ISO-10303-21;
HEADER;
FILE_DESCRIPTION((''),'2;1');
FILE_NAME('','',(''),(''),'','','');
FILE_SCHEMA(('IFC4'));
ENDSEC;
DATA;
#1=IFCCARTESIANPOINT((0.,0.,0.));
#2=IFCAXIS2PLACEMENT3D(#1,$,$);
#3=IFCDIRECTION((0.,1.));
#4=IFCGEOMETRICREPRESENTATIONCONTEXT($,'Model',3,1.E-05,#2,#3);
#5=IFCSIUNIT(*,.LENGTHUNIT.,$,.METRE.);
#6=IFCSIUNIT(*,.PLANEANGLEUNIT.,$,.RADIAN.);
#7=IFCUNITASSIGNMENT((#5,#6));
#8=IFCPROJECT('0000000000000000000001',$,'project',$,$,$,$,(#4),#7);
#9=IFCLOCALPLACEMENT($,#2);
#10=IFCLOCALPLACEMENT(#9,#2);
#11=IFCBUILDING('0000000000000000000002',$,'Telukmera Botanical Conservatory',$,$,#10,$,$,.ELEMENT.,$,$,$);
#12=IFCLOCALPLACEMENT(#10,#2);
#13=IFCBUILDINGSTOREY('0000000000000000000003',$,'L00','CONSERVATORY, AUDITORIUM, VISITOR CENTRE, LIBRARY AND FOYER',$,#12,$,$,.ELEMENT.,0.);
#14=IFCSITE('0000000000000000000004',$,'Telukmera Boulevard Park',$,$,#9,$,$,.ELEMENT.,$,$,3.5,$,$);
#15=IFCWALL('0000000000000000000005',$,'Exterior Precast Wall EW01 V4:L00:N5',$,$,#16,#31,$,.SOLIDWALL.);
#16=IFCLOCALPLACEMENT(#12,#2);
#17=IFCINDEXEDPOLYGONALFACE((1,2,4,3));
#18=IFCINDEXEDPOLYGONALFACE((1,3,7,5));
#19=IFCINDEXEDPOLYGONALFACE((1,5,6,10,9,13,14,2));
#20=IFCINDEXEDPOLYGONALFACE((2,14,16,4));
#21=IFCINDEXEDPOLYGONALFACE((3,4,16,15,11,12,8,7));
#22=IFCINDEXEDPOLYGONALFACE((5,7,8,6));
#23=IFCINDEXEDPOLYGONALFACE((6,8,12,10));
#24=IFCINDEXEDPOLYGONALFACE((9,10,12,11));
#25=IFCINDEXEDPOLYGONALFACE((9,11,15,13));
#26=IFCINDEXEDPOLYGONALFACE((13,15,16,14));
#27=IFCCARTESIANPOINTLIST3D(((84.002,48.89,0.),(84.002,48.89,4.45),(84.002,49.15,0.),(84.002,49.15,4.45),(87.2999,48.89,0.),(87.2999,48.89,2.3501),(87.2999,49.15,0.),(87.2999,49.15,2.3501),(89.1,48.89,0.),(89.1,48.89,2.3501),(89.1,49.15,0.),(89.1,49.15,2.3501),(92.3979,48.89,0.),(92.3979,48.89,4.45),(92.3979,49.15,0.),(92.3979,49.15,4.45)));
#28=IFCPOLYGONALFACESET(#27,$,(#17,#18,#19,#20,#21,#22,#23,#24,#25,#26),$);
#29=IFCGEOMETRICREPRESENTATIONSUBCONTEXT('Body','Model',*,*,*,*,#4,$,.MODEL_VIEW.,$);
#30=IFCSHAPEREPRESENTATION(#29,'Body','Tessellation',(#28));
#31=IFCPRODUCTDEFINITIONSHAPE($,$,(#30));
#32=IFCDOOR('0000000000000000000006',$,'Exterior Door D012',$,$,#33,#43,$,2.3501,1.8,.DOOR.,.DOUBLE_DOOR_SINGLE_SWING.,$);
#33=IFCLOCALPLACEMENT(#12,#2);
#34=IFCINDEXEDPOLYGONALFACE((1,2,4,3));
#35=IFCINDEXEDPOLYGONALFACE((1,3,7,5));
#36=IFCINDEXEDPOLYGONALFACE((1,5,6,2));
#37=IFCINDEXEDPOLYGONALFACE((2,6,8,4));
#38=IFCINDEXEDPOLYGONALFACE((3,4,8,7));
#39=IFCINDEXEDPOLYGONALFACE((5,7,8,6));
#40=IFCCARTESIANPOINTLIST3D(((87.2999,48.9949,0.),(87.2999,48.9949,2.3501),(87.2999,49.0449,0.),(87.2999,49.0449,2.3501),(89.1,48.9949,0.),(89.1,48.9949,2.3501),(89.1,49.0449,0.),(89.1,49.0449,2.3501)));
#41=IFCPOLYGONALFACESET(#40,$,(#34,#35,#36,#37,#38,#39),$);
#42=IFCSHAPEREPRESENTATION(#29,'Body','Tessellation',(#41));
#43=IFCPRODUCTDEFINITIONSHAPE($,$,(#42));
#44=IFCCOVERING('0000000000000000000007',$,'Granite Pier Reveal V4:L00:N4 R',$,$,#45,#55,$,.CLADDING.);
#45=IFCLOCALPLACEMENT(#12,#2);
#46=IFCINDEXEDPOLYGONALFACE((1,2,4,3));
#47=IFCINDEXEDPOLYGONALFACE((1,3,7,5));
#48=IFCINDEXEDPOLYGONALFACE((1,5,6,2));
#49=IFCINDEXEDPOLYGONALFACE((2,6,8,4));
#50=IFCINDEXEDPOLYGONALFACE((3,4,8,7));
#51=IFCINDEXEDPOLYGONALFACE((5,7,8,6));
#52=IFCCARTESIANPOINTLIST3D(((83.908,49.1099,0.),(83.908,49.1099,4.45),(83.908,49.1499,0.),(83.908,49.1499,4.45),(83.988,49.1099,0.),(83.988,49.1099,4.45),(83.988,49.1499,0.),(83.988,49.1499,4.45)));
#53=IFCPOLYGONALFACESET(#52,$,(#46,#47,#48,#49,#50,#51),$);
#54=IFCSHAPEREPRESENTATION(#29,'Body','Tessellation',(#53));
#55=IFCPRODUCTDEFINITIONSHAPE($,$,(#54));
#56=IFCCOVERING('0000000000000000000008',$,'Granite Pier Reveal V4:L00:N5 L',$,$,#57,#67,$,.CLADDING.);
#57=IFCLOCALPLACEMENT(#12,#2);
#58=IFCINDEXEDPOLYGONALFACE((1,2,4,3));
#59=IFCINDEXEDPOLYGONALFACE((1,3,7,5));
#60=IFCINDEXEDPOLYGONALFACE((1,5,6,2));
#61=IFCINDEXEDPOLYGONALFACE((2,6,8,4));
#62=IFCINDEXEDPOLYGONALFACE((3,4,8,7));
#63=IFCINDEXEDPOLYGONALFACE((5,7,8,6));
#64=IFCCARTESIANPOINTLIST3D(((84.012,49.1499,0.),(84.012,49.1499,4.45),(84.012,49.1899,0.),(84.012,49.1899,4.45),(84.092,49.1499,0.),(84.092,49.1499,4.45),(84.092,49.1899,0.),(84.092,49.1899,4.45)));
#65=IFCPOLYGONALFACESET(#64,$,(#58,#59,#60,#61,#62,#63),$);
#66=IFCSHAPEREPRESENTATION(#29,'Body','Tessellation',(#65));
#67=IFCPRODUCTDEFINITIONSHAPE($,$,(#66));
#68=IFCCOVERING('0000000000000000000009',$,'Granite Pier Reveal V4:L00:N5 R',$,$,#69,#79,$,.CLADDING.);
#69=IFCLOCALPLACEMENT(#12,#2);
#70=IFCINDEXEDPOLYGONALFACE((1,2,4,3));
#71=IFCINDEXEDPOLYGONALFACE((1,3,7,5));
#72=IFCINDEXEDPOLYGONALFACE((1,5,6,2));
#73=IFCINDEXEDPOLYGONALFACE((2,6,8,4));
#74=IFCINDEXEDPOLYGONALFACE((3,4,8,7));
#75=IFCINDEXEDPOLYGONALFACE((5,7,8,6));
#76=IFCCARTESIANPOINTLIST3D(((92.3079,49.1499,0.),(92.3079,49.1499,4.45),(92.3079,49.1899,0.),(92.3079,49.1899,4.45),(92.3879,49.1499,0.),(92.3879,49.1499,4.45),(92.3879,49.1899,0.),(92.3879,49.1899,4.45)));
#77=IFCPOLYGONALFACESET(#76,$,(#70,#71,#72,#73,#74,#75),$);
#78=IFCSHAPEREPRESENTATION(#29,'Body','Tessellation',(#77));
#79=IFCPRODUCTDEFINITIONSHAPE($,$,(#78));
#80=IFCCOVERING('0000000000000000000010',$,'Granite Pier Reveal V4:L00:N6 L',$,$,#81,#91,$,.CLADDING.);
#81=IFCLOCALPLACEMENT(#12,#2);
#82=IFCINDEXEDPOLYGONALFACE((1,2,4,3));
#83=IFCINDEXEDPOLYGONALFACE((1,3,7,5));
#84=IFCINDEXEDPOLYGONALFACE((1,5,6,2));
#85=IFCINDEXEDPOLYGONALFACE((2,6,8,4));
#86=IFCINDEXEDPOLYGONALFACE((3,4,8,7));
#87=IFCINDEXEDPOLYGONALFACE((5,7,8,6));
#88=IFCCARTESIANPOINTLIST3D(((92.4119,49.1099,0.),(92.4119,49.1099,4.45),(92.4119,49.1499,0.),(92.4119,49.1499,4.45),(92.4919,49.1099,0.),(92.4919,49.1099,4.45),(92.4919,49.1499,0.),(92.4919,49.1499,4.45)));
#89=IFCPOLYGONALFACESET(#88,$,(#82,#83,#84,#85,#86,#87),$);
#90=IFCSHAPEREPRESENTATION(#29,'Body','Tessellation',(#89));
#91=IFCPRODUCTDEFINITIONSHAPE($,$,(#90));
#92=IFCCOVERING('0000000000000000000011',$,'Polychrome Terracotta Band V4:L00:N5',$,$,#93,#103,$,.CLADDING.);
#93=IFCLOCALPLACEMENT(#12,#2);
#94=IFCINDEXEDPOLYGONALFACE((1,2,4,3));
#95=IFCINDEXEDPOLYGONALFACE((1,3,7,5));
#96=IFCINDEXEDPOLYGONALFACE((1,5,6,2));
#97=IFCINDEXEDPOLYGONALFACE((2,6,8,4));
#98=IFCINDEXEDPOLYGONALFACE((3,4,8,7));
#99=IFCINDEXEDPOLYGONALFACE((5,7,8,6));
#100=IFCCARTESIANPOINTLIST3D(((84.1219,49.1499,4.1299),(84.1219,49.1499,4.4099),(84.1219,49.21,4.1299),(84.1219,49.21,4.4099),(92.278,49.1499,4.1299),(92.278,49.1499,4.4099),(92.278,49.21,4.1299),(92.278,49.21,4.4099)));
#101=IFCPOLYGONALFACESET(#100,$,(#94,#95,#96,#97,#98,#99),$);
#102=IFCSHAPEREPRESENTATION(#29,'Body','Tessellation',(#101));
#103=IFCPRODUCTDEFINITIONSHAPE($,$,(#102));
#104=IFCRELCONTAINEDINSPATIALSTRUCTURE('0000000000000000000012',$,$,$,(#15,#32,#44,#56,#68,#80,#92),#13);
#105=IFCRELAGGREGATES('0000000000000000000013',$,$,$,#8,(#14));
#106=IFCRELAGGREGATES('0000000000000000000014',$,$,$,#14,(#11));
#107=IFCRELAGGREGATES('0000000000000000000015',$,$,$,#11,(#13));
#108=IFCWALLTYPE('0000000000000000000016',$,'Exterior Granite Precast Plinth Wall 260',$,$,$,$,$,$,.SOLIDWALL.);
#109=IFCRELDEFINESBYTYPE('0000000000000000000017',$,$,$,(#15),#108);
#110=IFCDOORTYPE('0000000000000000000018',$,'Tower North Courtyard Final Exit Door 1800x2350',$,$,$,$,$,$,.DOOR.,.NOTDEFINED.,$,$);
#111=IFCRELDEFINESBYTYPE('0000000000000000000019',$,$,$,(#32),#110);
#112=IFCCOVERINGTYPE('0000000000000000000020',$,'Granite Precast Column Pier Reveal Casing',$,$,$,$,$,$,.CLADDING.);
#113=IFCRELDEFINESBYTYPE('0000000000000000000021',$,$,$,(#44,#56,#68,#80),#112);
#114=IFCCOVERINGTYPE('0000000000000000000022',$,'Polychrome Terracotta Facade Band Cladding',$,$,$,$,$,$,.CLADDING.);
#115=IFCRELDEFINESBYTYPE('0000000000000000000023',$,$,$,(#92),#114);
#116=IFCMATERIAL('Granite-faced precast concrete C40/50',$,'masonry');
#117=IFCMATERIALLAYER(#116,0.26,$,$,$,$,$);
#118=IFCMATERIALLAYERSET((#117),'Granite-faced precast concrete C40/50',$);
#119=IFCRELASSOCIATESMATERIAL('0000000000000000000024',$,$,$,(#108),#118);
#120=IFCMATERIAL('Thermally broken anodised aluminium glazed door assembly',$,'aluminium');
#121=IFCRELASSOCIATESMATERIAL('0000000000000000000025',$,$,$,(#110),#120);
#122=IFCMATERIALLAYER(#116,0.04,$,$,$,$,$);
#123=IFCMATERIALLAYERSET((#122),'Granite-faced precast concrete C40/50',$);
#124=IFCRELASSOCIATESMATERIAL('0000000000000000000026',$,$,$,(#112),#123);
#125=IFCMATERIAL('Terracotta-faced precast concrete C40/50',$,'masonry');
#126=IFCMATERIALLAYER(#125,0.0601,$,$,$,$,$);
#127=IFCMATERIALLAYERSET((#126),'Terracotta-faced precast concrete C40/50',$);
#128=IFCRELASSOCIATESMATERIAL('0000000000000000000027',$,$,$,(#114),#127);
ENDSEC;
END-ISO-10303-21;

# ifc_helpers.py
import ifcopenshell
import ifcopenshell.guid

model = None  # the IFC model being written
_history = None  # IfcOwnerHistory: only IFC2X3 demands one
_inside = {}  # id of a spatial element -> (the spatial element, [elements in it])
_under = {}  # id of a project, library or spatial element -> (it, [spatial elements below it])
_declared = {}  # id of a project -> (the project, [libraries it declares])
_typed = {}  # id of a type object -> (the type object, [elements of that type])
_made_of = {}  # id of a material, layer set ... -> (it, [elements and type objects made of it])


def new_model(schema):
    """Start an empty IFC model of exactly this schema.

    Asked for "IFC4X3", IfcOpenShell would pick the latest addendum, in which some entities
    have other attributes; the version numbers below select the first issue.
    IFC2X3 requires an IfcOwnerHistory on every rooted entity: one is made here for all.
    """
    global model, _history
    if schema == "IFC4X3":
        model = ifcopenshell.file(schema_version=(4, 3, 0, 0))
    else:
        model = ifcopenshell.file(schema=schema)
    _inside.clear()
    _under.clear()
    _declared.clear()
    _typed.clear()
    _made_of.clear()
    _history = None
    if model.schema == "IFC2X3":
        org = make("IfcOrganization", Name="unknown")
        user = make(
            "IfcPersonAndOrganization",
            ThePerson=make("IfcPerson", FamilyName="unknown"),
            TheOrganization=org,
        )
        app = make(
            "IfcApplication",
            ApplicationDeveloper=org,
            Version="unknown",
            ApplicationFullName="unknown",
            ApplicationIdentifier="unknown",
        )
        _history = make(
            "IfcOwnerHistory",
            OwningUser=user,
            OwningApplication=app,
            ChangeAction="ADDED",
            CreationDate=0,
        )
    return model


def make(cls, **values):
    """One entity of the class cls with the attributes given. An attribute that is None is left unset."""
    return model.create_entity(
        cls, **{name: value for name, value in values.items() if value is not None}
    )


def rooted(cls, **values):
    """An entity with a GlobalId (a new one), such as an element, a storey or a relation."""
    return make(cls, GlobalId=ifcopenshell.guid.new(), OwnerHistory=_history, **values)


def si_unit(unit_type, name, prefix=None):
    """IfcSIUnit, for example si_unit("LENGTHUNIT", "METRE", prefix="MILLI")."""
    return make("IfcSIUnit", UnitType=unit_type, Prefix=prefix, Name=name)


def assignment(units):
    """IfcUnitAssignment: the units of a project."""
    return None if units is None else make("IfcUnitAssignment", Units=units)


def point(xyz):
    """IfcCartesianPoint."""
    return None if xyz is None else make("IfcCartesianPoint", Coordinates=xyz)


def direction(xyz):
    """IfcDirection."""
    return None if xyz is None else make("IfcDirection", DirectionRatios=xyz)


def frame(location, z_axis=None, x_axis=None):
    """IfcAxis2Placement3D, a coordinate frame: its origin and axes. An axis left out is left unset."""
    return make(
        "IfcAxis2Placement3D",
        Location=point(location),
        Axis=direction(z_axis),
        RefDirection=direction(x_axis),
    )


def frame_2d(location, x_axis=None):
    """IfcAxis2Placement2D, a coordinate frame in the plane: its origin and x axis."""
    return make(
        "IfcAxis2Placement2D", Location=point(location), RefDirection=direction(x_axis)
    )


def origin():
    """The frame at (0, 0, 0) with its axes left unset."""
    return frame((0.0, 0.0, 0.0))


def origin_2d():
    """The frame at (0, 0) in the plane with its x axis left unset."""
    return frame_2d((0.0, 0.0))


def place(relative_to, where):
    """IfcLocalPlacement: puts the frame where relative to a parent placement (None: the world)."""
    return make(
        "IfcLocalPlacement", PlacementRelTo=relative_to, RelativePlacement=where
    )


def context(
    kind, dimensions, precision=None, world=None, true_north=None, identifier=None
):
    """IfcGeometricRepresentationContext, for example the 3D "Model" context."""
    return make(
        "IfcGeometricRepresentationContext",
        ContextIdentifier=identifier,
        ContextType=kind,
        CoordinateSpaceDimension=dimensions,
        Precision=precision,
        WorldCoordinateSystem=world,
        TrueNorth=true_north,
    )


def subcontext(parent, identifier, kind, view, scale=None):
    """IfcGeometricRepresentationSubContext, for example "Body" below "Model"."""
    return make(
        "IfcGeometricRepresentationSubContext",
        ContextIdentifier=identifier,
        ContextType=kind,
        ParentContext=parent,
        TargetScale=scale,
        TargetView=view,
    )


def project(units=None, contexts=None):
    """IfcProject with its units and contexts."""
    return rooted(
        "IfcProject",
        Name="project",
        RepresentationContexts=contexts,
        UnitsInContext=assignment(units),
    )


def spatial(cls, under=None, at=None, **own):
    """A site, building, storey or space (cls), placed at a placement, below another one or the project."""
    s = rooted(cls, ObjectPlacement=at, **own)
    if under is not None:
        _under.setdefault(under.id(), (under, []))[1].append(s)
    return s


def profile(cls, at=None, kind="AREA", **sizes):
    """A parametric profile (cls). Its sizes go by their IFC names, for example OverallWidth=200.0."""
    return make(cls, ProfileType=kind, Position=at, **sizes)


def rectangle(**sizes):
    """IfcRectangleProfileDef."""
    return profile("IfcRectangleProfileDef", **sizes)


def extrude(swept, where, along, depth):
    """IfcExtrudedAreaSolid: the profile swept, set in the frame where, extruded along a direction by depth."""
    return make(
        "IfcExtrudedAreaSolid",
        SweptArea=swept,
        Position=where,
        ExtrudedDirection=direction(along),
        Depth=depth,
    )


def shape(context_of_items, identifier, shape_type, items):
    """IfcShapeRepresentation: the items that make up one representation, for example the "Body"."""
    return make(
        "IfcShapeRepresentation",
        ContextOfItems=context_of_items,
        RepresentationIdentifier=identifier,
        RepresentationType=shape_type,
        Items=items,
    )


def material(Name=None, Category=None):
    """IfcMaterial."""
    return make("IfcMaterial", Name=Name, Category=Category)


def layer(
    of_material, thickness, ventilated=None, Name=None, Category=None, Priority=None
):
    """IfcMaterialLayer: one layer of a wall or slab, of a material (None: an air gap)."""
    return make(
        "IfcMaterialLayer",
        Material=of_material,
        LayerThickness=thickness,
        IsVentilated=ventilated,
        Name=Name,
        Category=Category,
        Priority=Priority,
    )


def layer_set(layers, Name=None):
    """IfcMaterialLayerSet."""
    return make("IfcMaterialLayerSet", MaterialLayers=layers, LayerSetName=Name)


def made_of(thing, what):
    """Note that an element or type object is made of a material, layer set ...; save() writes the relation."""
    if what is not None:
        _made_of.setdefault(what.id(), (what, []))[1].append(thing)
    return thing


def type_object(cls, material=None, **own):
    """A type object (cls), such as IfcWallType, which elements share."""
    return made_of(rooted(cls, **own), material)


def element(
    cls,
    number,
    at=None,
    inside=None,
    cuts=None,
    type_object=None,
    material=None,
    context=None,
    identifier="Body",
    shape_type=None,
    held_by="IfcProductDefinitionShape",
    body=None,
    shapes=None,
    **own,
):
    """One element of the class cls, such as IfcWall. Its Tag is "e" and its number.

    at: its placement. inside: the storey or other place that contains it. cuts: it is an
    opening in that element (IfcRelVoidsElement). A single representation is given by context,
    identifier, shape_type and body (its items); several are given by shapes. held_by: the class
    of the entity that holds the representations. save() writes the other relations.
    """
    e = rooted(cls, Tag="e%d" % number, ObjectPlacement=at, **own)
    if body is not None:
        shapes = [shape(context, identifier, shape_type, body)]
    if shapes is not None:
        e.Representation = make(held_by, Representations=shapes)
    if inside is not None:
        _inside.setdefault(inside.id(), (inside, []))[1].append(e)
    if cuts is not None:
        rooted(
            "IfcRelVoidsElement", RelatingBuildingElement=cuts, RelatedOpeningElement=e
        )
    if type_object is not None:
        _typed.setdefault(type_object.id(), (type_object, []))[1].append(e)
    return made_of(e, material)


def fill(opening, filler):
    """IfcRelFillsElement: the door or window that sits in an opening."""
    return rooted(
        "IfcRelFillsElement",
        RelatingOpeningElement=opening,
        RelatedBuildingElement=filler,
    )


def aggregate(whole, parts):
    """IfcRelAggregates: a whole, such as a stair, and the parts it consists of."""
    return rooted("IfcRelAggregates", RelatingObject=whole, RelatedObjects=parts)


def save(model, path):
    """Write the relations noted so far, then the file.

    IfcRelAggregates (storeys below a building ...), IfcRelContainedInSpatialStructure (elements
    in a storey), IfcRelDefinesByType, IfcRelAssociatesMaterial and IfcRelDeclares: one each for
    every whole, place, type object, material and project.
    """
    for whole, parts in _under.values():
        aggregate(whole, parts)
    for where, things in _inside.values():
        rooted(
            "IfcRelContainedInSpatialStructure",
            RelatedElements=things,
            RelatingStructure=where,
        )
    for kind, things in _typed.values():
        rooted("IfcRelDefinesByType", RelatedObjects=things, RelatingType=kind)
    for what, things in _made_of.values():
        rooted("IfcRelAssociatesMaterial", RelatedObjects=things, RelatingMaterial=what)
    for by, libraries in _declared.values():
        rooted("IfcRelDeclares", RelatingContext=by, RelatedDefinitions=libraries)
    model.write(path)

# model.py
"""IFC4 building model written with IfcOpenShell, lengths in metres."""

from ifc_helpers import new_model, si_unit, direction, frame, frame_2d, origin, origin_2d, place, context, subcontext, project, spatial, rectangle, extrude, material, layer, layer_set, type_object, element, fill, save


model = new_model("IFC4")

# Units and contexts
model_context = context("Model", 3, precision=1e-05, world=origin(), true_north=direction((0.0, 1.0)))
body_context = subcontext(model_context, "Body", "Model", "MODEL_VIEW")
ifc_project = project(units=[si_unit("LENGTHUNIT", "METRE"), si_unit("PLANEANGLEUNIT", "RADIAN")], contexts=[model_context])

# Site, building, storey
site_placement = place(None, origin())
site = spatial("IfcSite", under=ifc_project, at=site_placement, Name="Telukmera Boulevard Park", CompositionType="ELEMENT", RefElevation=3.5)
building_placement = place(site_placement, origin())
building = spatial("IfcBuilding", under=site, at=building_placement, Name="Telukmera Botanical Conservatory", CompositionType="ELEMENT")
storey_placement = place(building_placement, origin())
storey = spatial("IfcBuildingStorey", under=building, at=storey_placement, Name="L00", Description="CONSERVATORY, AUDITORIUM, VISITOR CENTRE, LIBRARY AND FOYER", CompositionType="ELEMENT", Elevation=0.0)

# Wall, opening, door
ifc_material_1 = material(Name="Granite-faced precast concrete C40/50", Category="masonry")
ifc_layer_1 = layer(ifc_material_1, 0.26)
ifc_layer_set_1 = layer_set([ifc_layer_1], Name="Granite-faced precast concrete C40/50")
wall_type = type_object("IfcWallType", Name="Exterior Granite Precast Plinth Wall 260", PredefinedType="SOLIDWALL", material=ifc_layer_set_1)
wall_placement = place(storey_placement, frame((84.002, 49.02, 0.0), z_axis=(0.0, 0.0, 1.0), x_axis=(1.0, 0.0, 0.0)))
wall = element("IfcWall", 1, at=wall_placement, inside=storey, type_object=wall_type, Name="Exterior Precast Wall EW01 V4:L00:N5", PredefinedType="SOLIDWALL", context=body_context, shape_type="SweptSolid", body=[
    extrude(rectangle(XDim=8.396, YDim=0.26, at=frame_2d((4.198, 0.0))), origin(), (0.0, 0.0, 1.0), 4.45),
])
opening_placement = place(wall_placement, frame((3.2981, 0.0, 0.0)))
opening = element("IfcOpeningElement", 2, at=opening_placement, cuts=wall, PredefinedType="OPENING", context=body_context, shape_type="SweptSolid", body=[
    extrude(rectangle(XDim=1.8, YDim=2.3501, at=frame_2d((0.8999, 1.175))), frame((0.0, 0.1399, 0.0), z_axis=(0.0, -1.0, 0.0), x_axis=(1.0, 0.0, 0.0)), (0.0, 0.0, 1.0), 0.28),
])
ifc_material_2 = material(Name="Thermally broken anodised aluminium glazed door assembly", Category="aluminium")
door_type = type_object("IfcDoorType", Name="Tower North Courtyard Final Exit Door 1800x2350", OperationType="NOTDEFINED", PredefinedType="DOOR", material=ifc_material_2)
door_placement = place(opening_placement, origin())
door = element("IfcDoor", 3, at=door_placement, inside=storey, type_object=door_type, Name="Exterior Door D012", OperationType="DOUBLE_DOOR_SINGLE_SWING", OverallHeight=2.3501, OverallWidth=1.8, PredefinedType="DOOR", context=body_context, shape_type="SweptSolid", body=[
    extrude(rectangle(XDim=1.8, YDim=2.3501, at=frame_2d((0.8999, 1.175))), frame((0.0, 0.0249, 0.0), z_axis=(0.0, -1.0, 0.0), x_axis=(1.0, 0.0, 0.0)), (0.0, 0.0, 1.0), 0.05),
])
fill(opening, door)

# Coverings
ifc_layer_2 = layer(ifc_material_1, 0.04)
ifc_layer_set_2 = layer_set([ifc_layer_2], Name="Granite-faced precast concrete C40/50")
covering_type_1 = type_object("IfcCoveringType", Name="Granite Precast Column Pier Reveal Casing", PredefinedType="CLADDING", material=ifc_layer_set_2)
for number, where, z_axis, x_axis, name in (
    (4, (83.948, 49.1299, 0.0), (0.0, 0.0, 1.0), (1.0, 0.0, 0.0), "Granite Pier Reveal V4:L00:N4 R"),
    (5, (84.052, 49.1699, 0.0), (0.0, 0.0, 1.0), (1.0, 0.0, 0.0), "Granite Pier Reveal V4:L00:N5 L"),
    (6, (92.3479, 49.1699, 0.0), (0.0, 0.0, 1.0), (1.0, 0.0, 0.0), "Granite Pier Reveal V4:L00:N5 R"),
    (7, (92.4519, 49.1299, 0.0), (0.0, 0.0, 1.0), (1.0, 0.0, 0.0), "Granite Pier Reveal V4:L00:N6 L"),
):
    element("IfcCovering", number, at=place(storey_placement, frame(where, z_axis=z_axis, x_axis=x_axis)), inside=storey, type_object=covering_type_1, Name=name, PredefinedType="CLADDING", context=body_context, shape_type="SweptSolid", body=[
        extrude(rectangle(XDim=0.0801, YDim=0.04, at=origin_2d()), origin(), (0.0, 0.0, 1.0), 4.45),
    ])
ifc_material_3 = material(Name="Terracotta-faced precast concrete C40/50", Category="masonry")
ifc_layer_3 = layer(ifc_material_3, 0.0601)
ifc_layer_set_3 = layer_set([ifc_layer_3], Name="Terracotta-faced precast concrete C40/50")
covering_type_2 = type_object("IfcCoveringType", Name="Polychrome Terracotta Facade Band Cladding", PredefinedType="CLADDING", material=ifc_layer_set_3)
covering_placement = place(storey_placement, frame((88.2, 49.1799, 4.1299), z_axis=(0.0, 0.0, 1.0), x_axis=(1.0, 0.0, 0.0)))
element("IfcCovering", 8, at=covering_placement, inside=storey, type_object=covering_type_2, Name="Polychrome Terracotta Band V4:L00:N5", PredefinedType="CLADDING", context=body_context, shape_type="SweptSolid", body=[
    extrude(rectangle(XDim=8.156, YDim=0.0601, at=origin_2d()), origin(), (0.0, 0.0, 1.0), 0.28),
])

save(model, "model.ifc")
